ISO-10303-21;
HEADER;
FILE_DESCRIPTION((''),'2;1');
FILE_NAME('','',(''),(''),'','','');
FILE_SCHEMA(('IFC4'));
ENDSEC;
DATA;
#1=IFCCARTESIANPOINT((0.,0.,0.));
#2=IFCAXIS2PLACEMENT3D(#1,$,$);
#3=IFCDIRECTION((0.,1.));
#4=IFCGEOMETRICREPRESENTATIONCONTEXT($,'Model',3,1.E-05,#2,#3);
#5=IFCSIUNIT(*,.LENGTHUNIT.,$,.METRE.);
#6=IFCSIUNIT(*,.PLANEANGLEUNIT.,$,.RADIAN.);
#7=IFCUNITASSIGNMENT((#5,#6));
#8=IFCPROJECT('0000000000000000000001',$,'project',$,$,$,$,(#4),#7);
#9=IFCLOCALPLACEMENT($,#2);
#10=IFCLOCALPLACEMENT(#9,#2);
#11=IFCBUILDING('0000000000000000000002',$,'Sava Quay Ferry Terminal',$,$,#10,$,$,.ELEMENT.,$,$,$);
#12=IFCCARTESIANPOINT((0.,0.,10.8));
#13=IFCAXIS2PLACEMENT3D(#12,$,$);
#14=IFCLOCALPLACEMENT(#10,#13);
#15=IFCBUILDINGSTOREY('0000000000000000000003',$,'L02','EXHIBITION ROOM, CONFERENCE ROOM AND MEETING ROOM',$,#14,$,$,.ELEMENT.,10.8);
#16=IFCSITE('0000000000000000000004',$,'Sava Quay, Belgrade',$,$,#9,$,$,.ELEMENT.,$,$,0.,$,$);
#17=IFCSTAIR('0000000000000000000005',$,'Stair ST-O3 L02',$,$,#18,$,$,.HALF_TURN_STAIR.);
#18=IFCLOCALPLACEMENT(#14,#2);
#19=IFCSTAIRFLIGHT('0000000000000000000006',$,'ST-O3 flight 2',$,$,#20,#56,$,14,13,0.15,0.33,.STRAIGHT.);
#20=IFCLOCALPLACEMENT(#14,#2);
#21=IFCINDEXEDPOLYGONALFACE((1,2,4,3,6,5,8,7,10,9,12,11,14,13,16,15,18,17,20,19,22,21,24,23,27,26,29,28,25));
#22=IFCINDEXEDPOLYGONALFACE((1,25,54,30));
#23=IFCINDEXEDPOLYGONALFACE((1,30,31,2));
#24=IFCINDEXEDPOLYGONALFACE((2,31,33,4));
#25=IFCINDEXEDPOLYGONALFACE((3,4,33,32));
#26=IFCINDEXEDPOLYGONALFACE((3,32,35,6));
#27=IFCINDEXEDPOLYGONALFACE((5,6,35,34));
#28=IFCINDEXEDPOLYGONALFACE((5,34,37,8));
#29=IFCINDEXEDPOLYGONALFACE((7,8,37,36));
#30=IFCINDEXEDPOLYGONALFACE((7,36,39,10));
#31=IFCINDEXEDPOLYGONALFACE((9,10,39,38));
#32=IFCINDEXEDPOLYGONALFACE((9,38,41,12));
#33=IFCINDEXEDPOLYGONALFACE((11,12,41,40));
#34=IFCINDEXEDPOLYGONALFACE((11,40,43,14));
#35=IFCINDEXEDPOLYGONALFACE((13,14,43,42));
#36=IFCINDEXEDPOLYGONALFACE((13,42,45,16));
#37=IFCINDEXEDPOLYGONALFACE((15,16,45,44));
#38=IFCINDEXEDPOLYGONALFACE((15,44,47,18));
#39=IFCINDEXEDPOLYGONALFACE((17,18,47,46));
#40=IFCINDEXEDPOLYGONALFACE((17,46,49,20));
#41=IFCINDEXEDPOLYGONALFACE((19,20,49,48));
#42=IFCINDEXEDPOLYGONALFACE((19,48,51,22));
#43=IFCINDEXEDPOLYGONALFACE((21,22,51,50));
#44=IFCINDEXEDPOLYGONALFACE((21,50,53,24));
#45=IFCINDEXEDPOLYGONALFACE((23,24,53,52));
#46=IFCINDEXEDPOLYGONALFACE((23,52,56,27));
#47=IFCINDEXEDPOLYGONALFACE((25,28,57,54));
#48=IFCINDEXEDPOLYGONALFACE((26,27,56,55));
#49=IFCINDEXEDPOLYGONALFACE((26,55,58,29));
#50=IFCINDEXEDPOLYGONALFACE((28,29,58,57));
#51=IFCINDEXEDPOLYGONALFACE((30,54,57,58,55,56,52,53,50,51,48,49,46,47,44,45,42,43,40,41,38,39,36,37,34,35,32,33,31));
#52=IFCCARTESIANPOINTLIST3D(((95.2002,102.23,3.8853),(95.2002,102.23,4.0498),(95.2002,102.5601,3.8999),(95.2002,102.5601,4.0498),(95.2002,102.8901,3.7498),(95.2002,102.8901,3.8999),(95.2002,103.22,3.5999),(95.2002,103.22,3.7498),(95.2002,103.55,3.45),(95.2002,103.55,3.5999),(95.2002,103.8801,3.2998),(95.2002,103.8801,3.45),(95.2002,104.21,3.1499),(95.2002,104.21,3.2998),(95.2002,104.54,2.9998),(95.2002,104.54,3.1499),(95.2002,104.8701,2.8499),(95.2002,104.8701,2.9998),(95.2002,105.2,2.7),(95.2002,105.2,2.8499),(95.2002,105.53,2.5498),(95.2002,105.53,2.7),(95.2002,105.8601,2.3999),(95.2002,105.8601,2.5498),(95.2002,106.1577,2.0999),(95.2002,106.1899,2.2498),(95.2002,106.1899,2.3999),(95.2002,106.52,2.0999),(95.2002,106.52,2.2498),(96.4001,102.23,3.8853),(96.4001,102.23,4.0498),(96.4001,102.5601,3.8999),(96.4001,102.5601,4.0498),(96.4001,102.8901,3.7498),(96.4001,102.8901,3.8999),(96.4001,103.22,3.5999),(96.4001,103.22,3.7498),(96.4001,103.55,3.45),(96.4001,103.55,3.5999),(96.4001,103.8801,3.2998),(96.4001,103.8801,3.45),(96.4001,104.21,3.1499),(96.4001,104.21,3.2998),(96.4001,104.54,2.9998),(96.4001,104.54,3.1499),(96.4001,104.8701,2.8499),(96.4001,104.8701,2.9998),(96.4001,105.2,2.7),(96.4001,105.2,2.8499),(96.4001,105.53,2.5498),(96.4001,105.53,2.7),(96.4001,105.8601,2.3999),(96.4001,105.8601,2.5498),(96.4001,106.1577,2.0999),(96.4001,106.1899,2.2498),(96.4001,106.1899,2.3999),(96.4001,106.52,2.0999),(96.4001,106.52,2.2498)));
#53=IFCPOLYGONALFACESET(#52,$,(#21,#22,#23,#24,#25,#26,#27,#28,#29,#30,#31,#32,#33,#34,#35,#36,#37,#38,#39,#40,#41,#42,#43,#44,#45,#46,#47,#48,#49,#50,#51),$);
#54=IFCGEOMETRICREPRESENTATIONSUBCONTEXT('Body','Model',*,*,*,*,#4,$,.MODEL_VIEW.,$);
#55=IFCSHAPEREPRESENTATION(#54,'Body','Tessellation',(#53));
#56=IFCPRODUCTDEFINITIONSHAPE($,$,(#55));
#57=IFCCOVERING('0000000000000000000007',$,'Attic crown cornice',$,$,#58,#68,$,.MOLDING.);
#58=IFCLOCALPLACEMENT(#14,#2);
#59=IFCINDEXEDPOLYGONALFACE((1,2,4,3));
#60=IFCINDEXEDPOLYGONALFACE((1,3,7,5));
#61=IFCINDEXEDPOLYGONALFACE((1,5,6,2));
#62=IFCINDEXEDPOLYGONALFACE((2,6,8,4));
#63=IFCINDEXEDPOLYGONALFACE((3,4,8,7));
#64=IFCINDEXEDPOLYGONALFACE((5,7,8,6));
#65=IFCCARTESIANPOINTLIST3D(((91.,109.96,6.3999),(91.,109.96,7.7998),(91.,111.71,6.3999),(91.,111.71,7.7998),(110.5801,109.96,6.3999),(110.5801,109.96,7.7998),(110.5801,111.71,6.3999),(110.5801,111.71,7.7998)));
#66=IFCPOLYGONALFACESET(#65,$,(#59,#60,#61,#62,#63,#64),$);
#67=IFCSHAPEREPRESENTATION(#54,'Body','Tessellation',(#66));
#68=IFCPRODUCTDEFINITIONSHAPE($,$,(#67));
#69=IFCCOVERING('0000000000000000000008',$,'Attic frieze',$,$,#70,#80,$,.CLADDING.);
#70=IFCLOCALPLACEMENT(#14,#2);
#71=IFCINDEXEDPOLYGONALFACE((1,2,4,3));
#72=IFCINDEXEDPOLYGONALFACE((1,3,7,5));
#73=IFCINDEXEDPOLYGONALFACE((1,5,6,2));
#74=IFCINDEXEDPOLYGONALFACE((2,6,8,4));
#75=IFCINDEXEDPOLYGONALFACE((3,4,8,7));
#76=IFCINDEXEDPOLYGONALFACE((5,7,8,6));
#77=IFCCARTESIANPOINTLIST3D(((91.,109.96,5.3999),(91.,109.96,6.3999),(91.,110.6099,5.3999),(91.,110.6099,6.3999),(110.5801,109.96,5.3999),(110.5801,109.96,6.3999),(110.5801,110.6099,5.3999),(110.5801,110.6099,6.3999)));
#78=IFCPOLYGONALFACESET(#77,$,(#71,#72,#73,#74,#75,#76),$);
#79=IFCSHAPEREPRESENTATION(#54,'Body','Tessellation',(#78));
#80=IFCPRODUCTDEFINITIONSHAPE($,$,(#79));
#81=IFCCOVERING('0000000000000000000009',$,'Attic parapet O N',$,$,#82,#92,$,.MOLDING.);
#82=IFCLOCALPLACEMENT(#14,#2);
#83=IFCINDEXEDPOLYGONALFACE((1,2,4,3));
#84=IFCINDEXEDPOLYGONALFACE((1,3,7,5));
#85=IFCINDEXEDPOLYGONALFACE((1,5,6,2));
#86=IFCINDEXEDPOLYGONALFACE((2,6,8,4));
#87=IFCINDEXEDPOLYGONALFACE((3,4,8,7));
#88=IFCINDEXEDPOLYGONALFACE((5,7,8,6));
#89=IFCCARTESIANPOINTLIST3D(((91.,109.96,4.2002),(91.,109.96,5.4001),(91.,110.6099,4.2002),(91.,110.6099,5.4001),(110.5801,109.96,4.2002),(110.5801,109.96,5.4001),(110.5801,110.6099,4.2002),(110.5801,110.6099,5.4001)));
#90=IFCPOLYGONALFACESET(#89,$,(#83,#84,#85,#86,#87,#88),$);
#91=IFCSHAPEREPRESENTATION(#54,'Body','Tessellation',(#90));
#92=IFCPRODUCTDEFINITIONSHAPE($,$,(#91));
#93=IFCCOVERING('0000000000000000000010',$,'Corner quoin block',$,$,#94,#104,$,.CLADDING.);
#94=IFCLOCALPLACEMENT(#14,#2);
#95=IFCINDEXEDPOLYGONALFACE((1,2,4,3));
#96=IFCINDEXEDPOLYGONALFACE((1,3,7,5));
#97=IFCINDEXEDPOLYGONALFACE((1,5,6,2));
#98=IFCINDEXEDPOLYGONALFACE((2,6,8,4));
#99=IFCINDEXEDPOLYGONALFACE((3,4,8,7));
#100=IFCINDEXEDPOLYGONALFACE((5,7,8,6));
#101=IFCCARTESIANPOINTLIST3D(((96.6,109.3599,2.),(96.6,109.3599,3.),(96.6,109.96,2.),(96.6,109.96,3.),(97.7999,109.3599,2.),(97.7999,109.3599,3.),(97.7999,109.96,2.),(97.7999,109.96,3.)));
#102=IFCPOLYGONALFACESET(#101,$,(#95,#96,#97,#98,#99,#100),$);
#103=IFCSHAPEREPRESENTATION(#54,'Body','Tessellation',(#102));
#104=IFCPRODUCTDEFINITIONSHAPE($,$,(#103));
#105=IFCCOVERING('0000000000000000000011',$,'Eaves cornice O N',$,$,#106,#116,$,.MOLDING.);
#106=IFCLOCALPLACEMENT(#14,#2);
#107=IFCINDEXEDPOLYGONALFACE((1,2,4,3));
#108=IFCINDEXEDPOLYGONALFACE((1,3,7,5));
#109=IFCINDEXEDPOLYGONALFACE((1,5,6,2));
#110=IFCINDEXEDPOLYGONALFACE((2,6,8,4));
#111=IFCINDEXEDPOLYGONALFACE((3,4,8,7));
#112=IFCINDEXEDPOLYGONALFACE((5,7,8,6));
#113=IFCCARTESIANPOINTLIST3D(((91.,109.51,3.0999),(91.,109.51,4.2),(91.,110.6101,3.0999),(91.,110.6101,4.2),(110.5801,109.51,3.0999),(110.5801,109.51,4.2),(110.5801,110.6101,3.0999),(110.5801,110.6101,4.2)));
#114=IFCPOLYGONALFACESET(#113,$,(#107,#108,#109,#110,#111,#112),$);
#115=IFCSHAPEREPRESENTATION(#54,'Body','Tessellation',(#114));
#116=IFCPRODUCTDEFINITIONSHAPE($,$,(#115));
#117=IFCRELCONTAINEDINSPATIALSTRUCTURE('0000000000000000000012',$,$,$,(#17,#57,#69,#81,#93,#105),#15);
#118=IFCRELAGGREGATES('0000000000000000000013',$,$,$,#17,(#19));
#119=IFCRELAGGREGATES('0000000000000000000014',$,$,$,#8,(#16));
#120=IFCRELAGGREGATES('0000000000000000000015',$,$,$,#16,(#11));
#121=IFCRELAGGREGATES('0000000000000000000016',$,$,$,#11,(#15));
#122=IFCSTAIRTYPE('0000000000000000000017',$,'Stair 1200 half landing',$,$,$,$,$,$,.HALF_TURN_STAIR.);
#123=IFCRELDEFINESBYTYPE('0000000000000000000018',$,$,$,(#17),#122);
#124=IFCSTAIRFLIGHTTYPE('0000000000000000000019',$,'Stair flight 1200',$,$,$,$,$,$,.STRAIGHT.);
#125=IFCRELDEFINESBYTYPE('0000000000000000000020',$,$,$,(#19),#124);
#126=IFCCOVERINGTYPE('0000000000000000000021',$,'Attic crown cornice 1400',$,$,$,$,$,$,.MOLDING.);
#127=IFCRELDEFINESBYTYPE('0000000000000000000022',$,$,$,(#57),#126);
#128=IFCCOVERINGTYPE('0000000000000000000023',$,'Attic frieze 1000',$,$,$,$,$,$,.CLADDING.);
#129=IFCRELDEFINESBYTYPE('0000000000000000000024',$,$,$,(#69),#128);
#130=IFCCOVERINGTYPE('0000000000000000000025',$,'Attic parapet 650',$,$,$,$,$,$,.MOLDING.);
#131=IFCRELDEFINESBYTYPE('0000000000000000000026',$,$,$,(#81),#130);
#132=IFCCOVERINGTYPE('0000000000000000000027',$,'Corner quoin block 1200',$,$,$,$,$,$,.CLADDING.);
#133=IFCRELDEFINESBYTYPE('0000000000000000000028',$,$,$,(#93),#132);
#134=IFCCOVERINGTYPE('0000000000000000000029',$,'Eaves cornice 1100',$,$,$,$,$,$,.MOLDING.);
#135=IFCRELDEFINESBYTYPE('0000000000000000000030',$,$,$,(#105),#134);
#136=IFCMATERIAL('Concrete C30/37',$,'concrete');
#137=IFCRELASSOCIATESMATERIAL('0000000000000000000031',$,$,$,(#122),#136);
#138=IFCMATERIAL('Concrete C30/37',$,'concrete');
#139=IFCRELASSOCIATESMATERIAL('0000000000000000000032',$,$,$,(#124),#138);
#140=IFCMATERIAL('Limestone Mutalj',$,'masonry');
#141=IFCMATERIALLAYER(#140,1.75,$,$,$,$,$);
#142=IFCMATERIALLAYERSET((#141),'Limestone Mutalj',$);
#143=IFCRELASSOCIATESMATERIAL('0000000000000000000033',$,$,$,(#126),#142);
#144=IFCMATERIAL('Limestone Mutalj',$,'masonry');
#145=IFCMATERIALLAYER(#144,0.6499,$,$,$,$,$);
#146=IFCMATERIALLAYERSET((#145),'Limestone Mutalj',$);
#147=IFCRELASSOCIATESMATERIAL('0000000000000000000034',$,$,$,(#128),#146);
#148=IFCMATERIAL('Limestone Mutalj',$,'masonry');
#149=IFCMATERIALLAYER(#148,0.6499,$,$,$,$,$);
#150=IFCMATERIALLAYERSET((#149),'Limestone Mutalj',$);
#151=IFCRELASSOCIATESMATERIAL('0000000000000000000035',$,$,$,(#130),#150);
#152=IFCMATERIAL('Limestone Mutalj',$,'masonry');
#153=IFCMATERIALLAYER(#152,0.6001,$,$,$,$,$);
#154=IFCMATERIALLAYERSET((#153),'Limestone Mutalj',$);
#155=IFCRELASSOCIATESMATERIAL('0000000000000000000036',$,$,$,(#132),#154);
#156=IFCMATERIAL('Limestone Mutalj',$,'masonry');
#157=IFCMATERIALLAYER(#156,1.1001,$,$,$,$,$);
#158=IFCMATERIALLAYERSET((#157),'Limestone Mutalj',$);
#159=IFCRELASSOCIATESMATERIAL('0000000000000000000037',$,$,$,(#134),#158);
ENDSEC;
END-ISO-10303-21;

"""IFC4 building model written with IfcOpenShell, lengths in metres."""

from ifc_helpers import new_model, si_unit, direction, frame, origin, origin_2d, place, context, subcontext, project, spatial, polyline, rectangle, outline, extrude, material, layer, layer_set, type_object, element, aggregate, save


model = new_model("IFC4")

# Units and contexts
model_context = context("Model", 3, precision=1e-05, world=origin(), true_north=direction((0.0, 1.0)))
body_context = subcontext(model_context, "Body", "Model", "MODEL_VIEW")
ifc_project = project(units=[si_unit("LENGTHUNIT", "METRE"), si_unit("PLANEANGLEUNIT", "RADIAN")], contexts=[model_context])

# Site, building, storey
site_placement = place(None, origin())
site = spatial("IfcSite", under=ifc_project, at=site_placement, Name="Sava Quay, Belgrade", CompositionType="ELEMENT", RefElevation=0.0)
building_placement = place(site_placement, origin())
building = spatial("IfcBuilding", under=site, at=building_placement, Name="Sava Quay Ferry Terminal", CompositionType="ELEMENT")
storey_placement = place(building_placement, frame((0.0, 0.0, 10.8)))
storey = spatial("IfcBuildingStorey", under=building, at=storey_placement, Name="L02", Description="EXHIBITION ROOM, CONFERENCE ROOM AND MEETING ROOM", CompositionType="ELEMENT", Elevation=10.8)

# Stair, stair flight
ifc_material_1 = material(Name="Concrete C30/37", Category="concrete")
stair_type = type_object("IfcStairType", Name="Stair 1200 half landing", PredefinedType="HALF_TURN_STAIR", material=ifc_material_1)
stair_placement = place(storey_placement, origin())
stair = element("IfcStair", 1, at=stair_placement, inside=storey, type_object=stair_type, Name="Stair ST-O3 L02", PredefinedType="HALF_TURN_STAIR")
ifc_material_2 = material(Name="Concrete C30/37", Category="concrete")
stair_flight_type = type_object("IfcStairFlightType", Name="Stair flight 1200", PredefinedType="STRAIGHT", material=ifc_material_2)
stair_flight_placement = place(storey_placement, frame((95.8, 106.52, 2.0999), z_axis=(0.0, 0.0, 1.0), x_axis=(0.0, -1.0, 0.0)))
stair_flight = element("IfcStairFlight", 2, at=stair_flight_placement, type_object=stair_flight_type, Name="ST-O3 flight 2", NumberOfRisers=14, NumberOfTreads=13, PredefinedType="STRAIGHT", RiserHeight=0.15, TreadLength=0.33, context=body_context, shape_type="SweptSolid", body=[
    extrude(outline(polyline([(0.0, 0.0), (0.0, 0.1499), (0.3301, 0.1499), (0.3301, 0.3), (0.6599, 0.3), (0.6599, 0.45), (0.99, 0.45), (0.99, 0.6001), (1.3201, 0.6001), (1.3201, 0.75), (1.6499, 0.75), (1.6499, 0.8999), (1.98, 0.8999), (1.98, 1.05), (2.3101, 1.05), (2.3101, 1.2), (2.6399, 1.2), (2.6399, 1.3501), (2.97, 1.3501), (2.97, 1.5), (3.3, 1.5), (3.3, 1.6499), (3.6299, 1.6499), (3.6299, 1.8), (3.96, 1.8), (3.96, 1.95), (4.29, 1.95), (4.29, 2.1001), (4.29, 1.7854), (0.3623, 0.0), (0.0, 0.0)])), frame((0.0, 0.6001, 0.0), z_axis=(0.0, -1.0, 0.0), x_axis=(1.0, 0.0, 0.0)), (0.0, 0.0, 1.0), 1.2),
])
aggregate(stair, [stair_flight])

# Coverings
ifc_material_3 = material(Name="Limestone Mutalj", Category="masonry")
ifc_layer_1 = layer(ifc_material_3, 1.75)
ifc_layer_set_1 = layer_set([ifc_layer_1], Name="Limestone Mutalj")
covering_type_1 = type_object("IfcCoveringType", Name="Attic crown cornice 1400", PredefinedType="MOLDING", material=ifc_layer_set_1)
covering_1_placement = place(storey_placement, frame((100.79, 110.835, 6.3999), z_axis=(0.0, 0.0, 1.0), x_axis=(1.0, 0.0, 0.0)))
element("IfcCovering", 3, at=covering_1_placement, inside=storey, type_object=covering_type_1, Name="Attic crown cornice", PredefinedType="MOLDING", context=body_context, shape_type="SweptSolid", body=[
    extrude(rectangle(XDim=19.5801, YDim=1.75, at=origin_2d()), origin(), (0.0, 0.0, 1.0), 1.3999),
])
ifc_material_4 = material(Name="Limestone Mutalj", Category="masonry")
ifc_layer_2 = layer(ifc_material_4, 0.6499)
ifc_layer_set_2 = layer_set([ifc_layer_2], Name="Limestone Mutalj")
covering_type_2 = type_object("IfcCoveringType", Name="Attic frieze 1000", PredefinedType="CLADDING", material=ifc_layer_set_2)
covering_2_placement = place(storey_placement, frame((100.79, 110.2849, 5.3999), z_axis=(0.0, 0.0, 1.0), x_axis=(1.0, 0.0, 0.0)))
element("IfcCovering", 4, at=covering_2_placement, inside=storey, type_object=covering_type_2, Name="Attic frieze", PredefinedType="CLADDING", context=body_context, shape_type="SweptSolid", body=[
    extrude(rectangle(XDim=19.5801, YDim=0.6499, at=origin_2d()), origin(), (0.0, 0.0, 1.0), 1.0),
])
ifc_material_5 = material(Name="Limestone Mutalj", Category="masonry")
ifc_layer_3 = layer(ifc_material_5, 0.6499)
ifc_layer_set_3 = layer_set([ifc_layer_3], Name="Limestone Mutalj")
covering_type_3 = type_object("IfcCoveringType", Name="Attic parapet 650", PredefinedType="MOLDING", material=ifc_layer_set_3)
covering_3_placement = place(storey_placement, frame((100.79, 110.2849, 4.2002), z_axis=(0.0, 0.0, 1.0), x_axis=(1.0, 0.0, 0.0)))
element("IfcCovering", 5, at=covering_3_placement, inside=storey, type_object=covering_type_3, Name="Attic parapet O N", PredefinedType="MOLDING", context=body_context, shape_type="SweptSolid", body=[
    extrude(rectangle(XDim=19.5801, YDim=0.6499, at=origin_2d()), origin(), (0.0, 0.0, 1.0), 1.2),
])
ifc_material_6 = material(Name="Limestone Mutalj", Category="masonry")
ifc_layer_4 = layer(ifc_material_6, 0.6001)
ifc_layer_set_4 = layer_set([ifc_layer_4], Name="Limestone Mutalj")
covering_type_4 = type_object("IfcCoveringType", Name="Corner quoin block 1200", PredefinedType="CLADDING", material=ifc_layer_set_4)
covering_4_placement = place(storey_placement, frame((97.2, 109.6599, 2.0), z_axis=(0.0, 0.0, 1.0), x_axis=(1.0, 0.0, 0.0)))
element("IfcCovering", 6, at=covering_4_placement, inside=storey, type_object=covering_type_4, Name="Corner quoin block", PredefinedType="CLADDING", context=body_context, shape_type="SweptSolid", body=[
    extrude(rectangle(XDim=1.2, YDim=0.6001, at=origin_2d()), origin(), (0.0, 0.0, 1.0), 1.0),
])
ifc_material_7 = material(Name="Limestone Mutalj", Category="masonry")
ifc_layer_5 = layer(ifc_material_7, 1.1001)
ifc_layer_set_5 = layer_set([ifc_layer_5], Name="Limestone Mutalj")
covering_type_5 = type_object("IfcCoveringType", Name="Eaves cornice 1100", PredefinedType="MOLDING", material=ifc_layer_set_5)
covering_5_placement = place(storey_placement, frame((100.79, 110.0601, 3.0999), z_axis=(0.0, 0.0, 1.0), x_axis=(1.0, 0.0, 0.0)))
element("IfcCovering", 7, at=covering_5_placement, inside=storey, type_object=covering_type_5, Name="Eaves cornice O N", PredefinedType="MOLDING", context=body_context, shape_type="SweptSolid", body=[
    extrude(rectangle(XDim=19.5801, YDim=1.1001, at=origin_2d()), origin(), (0.0, 0.0, 1.0), 1.1001),
])

save(model, "model.ifc")
